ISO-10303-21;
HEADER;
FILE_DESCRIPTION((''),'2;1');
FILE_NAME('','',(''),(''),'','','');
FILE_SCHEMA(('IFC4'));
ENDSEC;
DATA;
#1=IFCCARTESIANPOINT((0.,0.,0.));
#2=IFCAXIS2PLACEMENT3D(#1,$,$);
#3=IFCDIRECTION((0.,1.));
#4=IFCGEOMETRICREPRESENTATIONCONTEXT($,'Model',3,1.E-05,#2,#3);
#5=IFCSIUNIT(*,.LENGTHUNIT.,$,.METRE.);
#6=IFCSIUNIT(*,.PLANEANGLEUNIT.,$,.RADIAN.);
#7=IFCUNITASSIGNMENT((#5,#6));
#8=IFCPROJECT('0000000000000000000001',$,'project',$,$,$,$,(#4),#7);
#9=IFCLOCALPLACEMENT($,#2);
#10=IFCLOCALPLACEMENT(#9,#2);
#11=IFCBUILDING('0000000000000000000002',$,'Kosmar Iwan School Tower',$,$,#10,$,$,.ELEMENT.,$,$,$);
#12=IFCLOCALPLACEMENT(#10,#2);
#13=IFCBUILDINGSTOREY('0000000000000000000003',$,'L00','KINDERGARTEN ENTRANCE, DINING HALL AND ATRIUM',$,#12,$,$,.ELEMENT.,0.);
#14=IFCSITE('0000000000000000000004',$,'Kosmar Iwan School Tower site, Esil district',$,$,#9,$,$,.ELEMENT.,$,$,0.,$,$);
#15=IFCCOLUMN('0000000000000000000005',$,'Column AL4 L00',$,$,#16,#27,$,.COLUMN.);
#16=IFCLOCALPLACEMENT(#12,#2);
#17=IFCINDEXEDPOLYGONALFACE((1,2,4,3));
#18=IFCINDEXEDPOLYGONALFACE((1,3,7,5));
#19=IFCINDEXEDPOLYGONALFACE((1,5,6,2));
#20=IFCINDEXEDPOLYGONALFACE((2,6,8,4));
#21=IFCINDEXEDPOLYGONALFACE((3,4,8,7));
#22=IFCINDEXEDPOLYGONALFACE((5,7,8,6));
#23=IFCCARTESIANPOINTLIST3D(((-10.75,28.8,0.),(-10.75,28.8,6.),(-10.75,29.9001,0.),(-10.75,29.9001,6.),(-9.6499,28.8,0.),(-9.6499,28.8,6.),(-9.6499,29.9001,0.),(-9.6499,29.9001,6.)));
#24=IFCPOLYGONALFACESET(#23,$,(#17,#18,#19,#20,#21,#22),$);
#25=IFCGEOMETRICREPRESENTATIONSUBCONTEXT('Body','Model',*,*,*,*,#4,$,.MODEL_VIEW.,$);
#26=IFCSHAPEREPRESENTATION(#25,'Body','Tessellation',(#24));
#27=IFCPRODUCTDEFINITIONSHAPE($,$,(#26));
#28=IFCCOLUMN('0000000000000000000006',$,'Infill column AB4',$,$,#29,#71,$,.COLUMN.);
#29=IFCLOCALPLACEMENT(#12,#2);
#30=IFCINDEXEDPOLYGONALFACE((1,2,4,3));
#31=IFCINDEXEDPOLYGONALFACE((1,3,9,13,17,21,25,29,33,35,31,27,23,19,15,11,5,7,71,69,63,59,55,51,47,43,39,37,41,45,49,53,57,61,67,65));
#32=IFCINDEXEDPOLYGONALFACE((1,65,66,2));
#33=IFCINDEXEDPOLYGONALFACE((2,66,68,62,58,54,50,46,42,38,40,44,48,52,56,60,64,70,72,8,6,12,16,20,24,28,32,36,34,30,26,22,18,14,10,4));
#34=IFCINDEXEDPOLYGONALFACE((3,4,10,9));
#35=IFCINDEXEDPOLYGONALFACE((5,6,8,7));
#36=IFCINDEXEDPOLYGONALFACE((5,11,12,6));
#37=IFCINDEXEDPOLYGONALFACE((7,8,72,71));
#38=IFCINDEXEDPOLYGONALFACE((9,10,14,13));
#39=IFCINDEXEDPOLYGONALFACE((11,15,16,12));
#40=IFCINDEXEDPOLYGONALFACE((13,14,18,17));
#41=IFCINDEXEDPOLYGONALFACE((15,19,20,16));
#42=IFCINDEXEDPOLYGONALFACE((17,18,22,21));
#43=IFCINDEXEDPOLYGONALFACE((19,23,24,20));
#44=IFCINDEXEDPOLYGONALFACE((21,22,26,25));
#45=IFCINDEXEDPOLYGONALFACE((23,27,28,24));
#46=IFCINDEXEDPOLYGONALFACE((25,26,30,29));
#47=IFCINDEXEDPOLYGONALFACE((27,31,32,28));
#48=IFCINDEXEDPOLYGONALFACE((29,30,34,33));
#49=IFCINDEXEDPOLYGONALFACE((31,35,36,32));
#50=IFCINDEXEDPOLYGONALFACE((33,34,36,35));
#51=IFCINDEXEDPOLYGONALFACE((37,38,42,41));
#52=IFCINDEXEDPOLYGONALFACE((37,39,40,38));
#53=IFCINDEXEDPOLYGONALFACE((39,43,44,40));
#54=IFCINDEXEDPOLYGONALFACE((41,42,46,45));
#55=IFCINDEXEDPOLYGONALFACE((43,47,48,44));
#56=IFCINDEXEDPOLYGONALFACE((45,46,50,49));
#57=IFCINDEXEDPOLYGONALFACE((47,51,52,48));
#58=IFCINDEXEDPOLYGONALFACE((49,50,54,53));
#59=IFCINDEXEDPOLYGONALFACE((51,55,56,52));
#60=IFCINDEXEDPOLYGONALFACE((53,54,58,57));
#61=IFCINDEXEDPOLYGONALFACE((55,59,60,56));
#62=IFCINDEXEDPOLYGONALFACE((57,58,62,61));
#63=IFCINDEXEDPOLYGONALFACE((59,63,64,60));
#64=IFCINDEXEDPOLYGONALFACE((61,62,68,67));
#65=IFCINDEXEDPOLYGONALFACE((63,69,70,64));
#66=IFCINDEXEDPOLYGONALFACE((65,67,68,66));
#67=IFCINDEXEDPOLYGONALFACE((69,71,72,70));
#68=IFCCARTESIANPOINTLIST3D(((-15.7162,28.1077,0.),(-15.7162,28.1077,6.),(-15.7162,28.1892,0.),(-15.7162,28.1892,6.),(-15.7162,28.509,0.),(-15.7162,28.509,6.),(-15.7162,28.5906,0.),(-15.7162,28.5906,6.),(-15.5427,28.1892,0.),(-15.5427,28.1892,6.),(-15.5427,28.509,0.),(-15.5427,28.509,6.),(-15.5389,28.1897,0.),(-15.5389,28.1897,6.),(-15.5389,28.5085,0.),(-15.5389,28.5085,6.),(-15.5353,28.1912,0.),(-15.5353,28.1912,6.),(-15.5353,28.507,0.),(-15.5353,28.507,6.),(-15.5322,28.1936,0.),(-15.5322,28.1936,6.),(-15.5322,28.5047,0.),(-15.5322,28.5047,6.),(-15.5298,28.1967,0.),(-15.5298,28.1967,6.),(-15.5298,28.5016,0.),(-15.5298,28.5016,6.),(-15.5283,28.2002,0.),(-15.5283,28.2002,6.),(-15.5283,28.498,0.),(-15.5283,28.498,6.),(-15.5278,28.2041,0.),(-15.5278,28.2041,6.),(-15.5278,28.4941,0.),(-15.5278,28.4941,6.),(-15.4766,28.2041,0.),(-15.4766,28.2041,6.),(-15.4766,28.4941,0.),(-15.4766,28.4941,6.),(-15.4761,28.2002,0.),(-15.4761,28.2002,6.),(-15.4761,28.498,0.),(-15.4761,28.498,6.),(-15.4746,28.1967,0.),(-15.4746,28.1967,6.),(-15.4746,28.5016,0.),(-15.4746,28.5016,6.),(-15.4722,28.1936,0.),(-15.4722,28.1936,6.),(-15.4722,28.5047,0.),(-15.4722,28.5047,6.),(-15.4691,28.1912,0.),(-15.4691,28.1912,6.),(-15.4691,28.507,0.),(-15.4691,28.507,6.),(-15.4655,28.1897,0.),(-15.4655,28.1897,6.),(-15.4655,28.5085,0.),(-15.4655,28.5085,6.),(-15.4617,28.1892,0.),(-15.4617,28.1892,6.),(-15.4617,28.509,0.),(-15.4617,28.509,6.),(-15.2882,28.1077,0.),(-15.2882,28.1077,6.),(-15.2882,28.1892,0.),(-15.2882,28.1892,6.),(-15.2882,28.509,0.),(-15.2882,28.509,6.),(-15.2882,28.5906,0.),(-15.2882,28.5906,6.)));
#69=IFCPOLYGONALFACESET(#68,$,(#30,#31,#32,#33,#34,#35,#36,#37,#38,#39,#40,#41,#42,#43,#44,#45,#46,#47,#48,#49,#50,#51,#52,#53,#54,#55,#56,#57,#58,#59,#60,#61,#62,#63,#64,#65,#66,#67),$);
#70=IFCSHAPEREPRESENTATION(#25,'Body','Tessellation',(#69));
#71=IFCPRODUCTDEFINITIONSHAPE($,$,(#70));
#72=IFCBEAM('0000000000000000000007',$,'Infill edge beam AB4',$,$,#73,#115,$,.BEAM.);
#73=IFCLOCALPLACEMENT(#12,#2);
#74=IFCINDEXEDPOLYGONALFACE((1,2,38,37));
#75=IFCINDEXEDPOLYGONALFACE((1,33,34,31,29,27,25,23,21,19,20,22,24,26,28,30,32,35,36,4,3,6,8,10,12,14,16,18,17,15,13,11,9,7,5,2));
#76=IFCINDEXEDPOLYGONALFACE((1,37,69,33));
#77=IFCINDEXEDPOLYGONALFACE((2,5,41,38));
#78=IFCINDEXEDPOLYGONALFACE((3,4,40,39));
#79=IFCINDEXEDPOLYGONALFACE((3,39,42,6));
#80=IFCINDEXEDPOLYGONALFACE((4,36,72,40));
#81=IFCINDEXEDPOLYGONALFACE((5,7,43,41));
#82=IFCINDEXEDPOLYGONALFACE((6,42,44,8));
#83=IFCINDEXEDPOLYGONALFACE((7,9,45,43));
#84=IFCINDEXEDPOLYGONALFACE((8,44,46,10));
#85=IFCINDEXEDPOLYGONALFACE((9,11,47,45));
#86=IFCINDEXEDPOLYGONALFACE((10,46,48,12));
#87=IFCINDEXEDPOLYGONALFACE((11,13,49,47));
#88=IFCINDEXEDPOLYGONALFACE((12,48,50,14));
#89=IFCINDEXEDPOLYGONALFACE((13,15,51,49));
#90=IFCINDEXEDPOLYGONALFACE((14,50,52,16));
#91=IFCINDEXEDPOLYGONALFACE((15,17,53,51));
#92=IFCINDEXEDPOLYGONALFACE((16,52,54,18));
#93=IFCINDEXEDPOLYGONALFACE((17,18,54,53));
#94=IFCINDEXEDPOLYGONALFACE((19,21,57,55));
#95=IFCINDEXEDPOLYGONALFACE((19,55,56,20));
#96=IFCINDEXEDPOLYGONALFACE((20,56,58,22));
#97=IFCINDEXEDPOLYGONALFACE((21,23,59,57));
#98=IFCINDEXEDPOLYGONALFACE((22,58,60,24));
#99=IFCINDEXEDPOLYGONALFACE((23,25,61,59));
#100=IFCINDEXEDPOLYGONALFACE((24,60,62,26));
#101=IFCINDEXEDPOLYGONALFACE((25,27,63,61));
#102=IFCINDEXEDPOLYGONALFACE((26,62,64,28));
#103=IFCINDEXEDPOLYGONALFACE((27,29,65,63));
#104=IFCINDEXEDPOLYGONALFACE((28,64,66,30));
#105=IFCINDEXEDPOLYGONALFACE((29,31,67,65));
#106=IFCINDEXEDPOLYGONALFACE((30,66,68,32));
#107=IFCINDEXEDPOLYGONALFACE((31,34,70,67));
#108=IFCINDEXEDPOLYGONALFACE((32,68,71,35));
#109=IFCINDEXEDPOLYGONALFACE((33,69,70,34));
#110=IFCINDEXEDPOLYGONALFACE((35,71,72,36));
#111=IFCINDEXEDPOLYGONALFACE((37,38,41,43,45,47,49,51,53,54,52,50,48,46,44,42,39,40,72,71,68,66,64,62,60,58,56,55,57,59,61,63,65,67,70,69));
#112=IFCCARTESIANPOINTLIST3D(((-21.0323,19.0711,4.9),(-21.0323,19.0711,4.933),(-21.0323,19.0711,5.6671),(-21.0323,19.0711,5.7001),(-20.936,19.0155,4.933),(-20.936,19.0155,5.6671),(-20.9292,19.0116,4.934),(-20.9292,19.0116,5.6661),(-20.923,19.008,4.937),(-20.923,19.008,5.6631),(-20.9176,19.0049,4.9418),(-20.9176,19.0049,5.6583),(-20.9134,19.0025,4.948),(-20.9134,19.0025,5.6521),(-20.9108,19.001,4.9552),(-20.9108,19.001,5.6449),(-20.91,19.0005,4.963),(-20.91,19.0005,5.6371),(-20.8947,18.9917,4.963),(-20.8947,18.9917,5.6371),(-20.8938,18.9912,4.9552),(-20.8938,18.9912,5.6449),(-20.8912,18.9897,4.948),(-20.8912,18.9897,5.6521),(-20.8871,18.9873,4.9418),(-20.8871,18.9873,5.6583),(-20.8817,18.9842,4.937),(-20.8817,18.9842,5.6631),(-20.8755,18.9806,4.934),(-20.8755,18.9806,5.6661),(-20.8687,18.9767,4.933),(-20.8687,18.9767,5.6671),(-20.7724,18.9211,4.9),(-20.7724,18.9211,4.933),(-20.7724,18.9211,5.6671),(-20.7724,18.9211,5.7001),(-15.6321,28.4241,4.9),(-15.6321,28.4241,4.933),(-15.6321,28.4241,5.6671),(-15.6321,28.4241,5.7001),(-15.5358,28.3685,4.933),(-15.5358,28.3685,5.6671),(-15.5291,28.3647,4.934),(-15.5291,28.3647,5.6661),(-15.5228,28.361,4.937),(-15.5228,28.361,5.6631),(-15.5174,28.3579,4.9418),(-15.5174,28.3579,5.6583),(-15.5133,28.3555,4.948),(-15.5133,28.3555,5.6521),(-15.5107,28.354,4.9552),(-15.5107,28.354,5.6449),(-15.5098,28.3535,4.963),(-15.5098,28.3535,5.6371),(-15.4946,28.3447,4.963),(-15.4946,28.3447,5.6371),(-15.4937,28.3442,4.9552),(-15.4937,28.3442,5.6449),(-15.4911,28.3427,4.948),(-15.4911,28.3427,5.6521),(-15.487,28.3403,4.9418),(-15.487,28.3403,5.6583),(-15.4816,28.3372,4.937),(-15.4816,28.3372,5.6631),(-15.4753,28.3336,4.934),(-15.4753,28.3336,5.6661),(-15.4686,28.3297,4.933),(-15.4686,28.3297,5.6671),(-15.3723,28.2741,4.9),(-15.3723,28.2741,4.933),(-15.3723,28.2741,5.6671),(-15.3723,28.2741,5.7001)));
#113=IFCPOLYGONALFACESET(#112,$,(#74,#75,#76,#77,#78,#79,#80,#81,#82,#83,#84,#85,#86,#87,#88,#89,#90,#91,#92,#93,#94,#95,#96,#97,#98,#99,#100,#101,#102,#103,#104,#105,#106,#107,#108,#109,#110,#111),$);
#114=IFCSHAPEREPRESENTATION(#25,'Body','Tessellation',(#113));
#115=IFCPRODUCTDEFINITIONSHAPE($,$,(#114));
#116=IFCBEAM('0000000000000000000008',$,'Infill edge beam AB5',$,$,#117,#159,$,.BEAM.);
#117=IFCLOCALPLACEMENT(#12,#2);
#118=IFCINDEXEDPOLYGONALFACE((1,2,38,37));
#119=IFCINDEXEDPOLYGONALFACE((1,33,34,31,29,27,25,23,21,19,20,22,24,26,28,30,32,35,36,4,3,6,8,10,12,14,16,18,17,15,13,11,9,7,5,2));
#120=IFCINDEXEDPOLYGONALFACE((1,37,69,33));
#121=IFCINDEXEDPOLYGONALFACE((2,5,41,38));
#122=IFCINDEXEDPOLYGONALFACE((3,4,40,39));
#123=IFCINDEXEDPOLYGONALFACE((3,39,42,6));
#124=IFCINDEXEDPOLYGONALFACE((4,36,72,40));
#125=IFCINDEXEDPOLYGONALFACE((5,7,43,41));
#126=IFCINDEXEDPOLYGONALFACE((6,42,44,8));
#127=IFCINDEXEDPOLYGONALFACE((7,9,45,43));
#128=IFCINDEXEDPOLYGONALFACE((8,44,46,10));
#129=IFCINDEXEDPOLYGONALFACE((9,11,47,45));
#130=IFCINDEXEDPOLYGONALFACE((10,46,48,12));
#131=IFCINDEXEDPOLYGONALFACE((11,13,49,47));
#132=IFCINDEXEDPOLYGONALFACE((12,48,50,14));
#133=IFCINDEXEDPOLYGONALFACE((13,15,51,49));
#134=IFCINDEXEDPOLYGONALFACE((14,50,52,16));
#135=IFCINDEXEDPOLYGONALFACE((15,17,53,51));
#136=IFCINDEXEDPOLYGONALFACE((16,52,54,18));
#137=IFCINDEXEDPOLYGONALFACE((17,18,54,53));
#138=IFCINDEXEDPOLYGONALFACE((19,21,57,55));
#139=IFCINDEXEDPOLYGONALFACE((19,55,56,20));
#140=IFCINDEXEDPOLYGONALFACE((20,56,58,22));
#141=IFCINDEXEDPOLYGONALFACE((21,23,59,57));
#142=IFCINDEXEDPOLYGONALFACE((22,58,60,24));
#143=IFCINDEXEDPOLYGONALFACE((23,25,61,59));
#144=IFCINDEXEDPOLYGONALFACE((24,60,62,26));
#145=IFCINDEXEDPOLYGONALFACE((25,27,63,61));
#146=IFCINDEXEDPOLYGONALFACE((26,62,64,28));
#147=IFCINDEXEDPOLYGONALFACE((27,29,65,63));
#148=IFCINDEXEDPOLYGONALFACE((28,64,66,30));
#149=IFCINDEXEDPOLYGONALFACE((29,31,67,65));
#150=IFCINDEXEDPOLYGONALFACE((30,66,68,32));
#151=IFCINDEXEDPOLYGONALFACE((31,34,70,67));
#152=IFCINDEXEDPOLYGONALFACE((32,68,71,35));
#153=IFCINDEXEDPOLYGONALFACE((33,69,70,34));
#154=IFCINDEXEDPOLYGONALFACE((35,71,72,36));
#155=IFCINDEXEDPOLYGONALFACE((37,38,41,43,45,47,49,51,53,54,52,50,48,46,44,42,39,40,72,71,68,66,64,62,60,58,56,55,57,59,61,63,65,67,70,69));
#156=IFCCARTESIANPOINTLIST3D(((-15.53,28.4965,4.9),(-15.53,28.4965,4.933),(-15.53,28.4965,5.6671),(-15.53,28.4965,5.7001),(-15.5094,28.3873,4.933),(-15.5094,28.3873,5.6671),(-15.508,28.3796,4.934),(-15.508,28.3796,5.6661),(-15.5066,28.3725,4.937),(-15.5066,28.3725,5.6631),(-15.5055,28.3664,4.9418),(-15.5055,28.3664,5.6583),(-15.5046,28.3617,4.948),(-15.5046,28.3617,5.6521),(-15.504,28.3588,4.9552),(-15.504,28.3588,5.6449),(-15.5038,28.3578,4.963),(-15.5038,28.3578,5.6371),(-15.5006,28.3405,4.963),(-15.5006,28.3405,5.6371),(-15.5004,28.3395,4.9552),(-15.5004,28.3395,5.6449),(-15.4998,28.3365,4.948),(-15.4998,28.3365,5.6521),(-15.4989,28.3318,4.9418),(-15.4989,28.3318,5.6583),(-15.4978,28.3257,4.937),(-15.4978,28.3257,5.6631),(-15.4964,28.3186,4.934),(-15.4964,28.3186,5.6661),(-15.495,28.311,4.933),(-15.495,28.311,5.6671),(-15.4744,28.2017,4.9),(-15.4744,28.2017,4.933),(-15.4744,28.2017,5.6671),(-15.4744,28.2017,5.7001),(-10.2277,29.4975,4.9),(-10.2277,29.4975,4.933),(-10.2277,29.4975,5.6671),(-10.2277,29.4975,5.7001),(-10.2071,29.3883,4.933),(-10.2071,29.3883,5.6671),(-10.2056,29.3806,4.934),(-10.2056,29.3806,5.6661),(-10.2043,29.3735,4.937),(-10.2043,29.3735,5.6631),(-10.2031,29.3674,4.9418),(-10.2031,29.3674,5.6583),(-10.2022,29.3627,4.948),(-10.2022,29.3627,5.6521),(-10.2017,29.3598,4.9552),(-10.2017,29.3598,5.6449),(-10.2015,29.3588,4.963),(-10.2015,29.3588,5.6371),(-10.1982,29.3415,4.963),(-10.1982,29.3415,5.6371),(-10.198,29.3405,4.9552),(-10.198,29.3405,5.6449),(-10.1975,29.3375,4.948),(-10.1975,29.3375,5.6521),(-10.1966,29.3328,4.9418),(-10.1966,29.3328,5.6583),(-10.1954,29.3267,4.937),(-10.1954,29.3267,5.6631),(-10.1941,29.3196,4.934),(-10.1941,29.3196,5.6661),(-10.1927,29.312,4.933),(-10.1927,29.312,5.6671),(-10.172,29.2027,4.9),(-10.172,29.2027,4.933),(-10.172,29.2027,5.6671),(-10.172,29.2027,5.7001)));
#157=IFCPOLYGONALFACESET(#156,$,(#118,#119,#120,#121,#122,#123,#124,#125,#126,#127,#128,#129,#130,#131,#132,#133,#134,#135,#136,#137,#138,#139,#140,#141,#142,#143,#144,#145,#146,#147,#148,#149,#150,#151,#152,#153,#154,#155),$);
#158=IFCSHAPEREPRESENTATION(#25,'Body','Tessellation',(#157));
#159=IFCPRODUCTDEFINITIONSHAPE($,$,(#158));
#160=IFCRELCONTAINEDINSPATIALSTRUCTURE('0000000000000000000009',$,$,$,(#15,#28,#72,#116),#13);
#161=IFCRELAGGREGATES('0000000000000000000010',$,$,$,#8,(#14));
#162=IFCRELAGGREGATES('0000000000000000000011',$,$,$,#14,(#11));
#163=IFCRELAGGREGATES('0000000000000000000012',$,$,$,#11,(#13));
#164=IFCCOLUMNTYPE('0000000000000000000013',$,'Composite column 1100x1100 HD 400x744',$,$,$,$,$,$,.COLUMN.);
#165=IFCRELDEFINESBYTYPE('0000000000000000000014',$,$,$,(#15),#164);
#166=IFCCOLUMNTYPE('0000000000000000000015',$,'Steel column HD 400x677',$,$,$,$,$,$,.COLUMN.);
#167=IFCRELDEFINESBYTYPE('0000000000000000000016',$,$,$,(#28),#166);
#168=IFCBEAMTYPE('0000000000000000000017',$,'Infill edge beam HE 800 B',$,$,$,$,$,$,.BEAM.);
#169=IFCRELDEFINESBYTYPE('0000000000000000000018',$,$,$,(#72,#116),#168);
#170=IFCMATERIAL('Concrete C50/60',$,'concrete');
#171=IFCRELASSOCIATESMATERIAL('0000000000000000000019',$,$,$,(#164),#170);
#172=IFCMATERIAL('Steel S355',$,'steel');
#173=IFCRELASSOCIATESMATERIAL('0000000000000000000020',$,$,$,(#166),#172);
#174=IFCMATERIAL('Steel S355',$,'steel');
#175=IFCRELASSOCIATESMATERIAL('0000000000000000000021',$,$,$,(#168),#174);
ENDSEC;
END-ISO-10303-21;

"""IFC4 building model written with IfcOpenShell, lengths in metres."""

from ifc_helpers import new_model, si_unit, direction, frame, origin, origin_2d, place, context, subcontext, project, spatial, rectangle, i_section, extrude, material, material_profile, profile_set, type_object, element, save


model = new_model("IFC4")

# Units and contexts
model_context = context("Model", 3, precision=1e-05, world=origin(), true_north=direction((0.0, 1.0)))
body_context = subcontext(model_context, "Body", "Model", "MODEL_VIEW")
ifc_project = project(units=[si_unit("LENGTHUNIT", "METRE"), si_unit("PLANEANGLEUNIT", "RADIAN")], contexts=[model_context])

# Site, building, storey
site_placement = place(None, origin())
site = spatial("IfcSite", under=ifc_project, at=site_placement, Name="Kosmar Iwan School Tower site, Esil district", CompositionType="ELEMENT", RefElevation=0.0)
building_placement = place(site_placement, origin())
building = spatial("IfcBuilding", under=site, at=building_placement, Name="Kosmar Iwan School Tower", CompositionType="ELEMENT")
storey_placement = place(building_placement, origin())
storey = spatial("IfcBuildingStorey", under=building, at=storey_placement, Name="L00", Description="KINDERGARTEN ENTRANCE, DINING HALL AND ATRIUM", CompositionType="ELEMENT", Elevation=0.0)

# Columns
ifc_material_1 = material(Name="Concrete C50/60", Category="concrete")
ifc_material_profile_1 = material_profile(ifc_material_1, rectangle(XDim=1.1001, YDim=1.1001, at=origin_2d()), Name="RC 1100x1100 + HD 400x744")
ifc_profile_set_1 = profile_set([ifc_material_profile_1], Name="Concrete C50/60")
column_type_1 = type_object("IfcColumnType", Name="Composite column 1100x1100 HD 400x744", PredefinedType="COLUMN", material=ifc_profile_set_1)
for number, where, z_axis, x_axis, name in (
    (1, (-10.2, 29.3501, 0.0), (0.0, 0.0, 1.0), (0.0, 1.0, 0.0), "Column AL4 L00"),
):
    element("IfcColumn", number, at=place(storey_placement, frame(where, z_axis=z_axis, x_axis=x_axis)), inside=storey, type_object=column_type_1, Name=name, PredefinedType="COLUMN", context=body_context, shape_type="SweptSolid", body=[
        extrude(rectangle(XDim=1.1001, YDim=1.1001, at=origin_2d()), origin(), (0.0, 0.0, 1.0), 6.0),
    ])
ifc_material_2 = material(Name="Steel S355", Category="steel")
ifc_material_profile_2 = material_profile(ifc_material_2, i_section(OverallWidth=0.428, OverallDepth=0.4829, WebThickness=0.0513, FlangeThickness=0.0815, FilletRadius=0.0149, at=origin_2d()), Name="HD 400x677")
ifc_profile_set_2 = profile_set([ifc_material_profile_2], Name="Steel S355")
column_type_2 = type_object("IfcColumnType", Name="Steel column HD 400x677", PredefinedType="COLUMN", material=ifc_profile_set_2)
column_placement = place(storey_placement, frame((-15.5022, 28.3491, 0.0), z_axis=(0.0, 0.0, 1.0), x_axis=(1.0, 0.0, 0.0)))
element("IfcColumn", 2, at=column_placement, inside=storey, type_object=column_type_2, Name="Infill column AB4", PredefinedType="COLUMN", context=body_context, shape_type="SweptSolid", body=[
    extrude(i_section(OverallWidth=0.428, OverallDepth=0.4829, WebThickness=0.0513, FlangeThickness=0.0815, FilletRadius=0.0149, at=origin_2d()), origin(), (0.0, 0.0, 1.0), 6.0),
])

# Beams
ifc_material_3 = material(Name="Steel S355", Category="steel")
ifc_material_profile_3 = material_profile(ifc_material_3, i_section(OverallWidth=0.3, OverallDepth=0.8, WebThickness=0.0176, FlangeThickness=0.033, FilletRadius=0.03, at=origin_2d()), Name="HE 800 B")
ifc_profile_set_3 = profile_set([ifc_material_profile_3], Name="Steel S355")
beam_type_1 = type_object("IfcBeamType", Name="Infill edge beam HE 800 B", PredefinedType="BEAM", material=ifc_profile_set_3)
beam_1_placement = place(storey_placement, frame((-20.9023, 18.9961, 5.3), z_axis=(0.500012, 0.866018, 0.0), x_axis=(-0.866018, 0.500012, 0.0)))
element("IfcBeam", 3, at=beam_1_placement, inside=storey, type_object=beam_type_1, Name="Infill edge beam AB4", PredefinedType="BEAM", context=body_context, shape_type="SweptSolid", body=[
    extrude(i_section(OverallWidth=0.3, OverallDepth=0.8, WebThickness=0.0176, FlangeThickness=0.033, FilletRadius=0.03, at=origin_2d()), origin(), (0.0, 0.0, 1.0), 10.8),
])
beam_2_placement = place(storey_placement, frame((-15.5022, 28.3491, 5.3), z_axis=(0.982643, 0.185507, 0.0), x_axis=(-0.185507, 0.982643, 0.0)))
element("IfcBeam", 4, at=beam_2_placement, inside=storey, type_object=beam_type_1, Name="Infill edge beam AB5", PredefinedType="BEAM", context=body_context, shape_type="SweptSolid", body=[
    extrude(i_section(OverallWidth=0.3, OverallDepth=0.8, WebThickness=0.0176, FlangeThickness=0.033, FilletRadius=0.03, at=origin_2d()), origin(), (0.0, 0.0, 1.0), 5.396),
])

save(model, "model.ifc")
